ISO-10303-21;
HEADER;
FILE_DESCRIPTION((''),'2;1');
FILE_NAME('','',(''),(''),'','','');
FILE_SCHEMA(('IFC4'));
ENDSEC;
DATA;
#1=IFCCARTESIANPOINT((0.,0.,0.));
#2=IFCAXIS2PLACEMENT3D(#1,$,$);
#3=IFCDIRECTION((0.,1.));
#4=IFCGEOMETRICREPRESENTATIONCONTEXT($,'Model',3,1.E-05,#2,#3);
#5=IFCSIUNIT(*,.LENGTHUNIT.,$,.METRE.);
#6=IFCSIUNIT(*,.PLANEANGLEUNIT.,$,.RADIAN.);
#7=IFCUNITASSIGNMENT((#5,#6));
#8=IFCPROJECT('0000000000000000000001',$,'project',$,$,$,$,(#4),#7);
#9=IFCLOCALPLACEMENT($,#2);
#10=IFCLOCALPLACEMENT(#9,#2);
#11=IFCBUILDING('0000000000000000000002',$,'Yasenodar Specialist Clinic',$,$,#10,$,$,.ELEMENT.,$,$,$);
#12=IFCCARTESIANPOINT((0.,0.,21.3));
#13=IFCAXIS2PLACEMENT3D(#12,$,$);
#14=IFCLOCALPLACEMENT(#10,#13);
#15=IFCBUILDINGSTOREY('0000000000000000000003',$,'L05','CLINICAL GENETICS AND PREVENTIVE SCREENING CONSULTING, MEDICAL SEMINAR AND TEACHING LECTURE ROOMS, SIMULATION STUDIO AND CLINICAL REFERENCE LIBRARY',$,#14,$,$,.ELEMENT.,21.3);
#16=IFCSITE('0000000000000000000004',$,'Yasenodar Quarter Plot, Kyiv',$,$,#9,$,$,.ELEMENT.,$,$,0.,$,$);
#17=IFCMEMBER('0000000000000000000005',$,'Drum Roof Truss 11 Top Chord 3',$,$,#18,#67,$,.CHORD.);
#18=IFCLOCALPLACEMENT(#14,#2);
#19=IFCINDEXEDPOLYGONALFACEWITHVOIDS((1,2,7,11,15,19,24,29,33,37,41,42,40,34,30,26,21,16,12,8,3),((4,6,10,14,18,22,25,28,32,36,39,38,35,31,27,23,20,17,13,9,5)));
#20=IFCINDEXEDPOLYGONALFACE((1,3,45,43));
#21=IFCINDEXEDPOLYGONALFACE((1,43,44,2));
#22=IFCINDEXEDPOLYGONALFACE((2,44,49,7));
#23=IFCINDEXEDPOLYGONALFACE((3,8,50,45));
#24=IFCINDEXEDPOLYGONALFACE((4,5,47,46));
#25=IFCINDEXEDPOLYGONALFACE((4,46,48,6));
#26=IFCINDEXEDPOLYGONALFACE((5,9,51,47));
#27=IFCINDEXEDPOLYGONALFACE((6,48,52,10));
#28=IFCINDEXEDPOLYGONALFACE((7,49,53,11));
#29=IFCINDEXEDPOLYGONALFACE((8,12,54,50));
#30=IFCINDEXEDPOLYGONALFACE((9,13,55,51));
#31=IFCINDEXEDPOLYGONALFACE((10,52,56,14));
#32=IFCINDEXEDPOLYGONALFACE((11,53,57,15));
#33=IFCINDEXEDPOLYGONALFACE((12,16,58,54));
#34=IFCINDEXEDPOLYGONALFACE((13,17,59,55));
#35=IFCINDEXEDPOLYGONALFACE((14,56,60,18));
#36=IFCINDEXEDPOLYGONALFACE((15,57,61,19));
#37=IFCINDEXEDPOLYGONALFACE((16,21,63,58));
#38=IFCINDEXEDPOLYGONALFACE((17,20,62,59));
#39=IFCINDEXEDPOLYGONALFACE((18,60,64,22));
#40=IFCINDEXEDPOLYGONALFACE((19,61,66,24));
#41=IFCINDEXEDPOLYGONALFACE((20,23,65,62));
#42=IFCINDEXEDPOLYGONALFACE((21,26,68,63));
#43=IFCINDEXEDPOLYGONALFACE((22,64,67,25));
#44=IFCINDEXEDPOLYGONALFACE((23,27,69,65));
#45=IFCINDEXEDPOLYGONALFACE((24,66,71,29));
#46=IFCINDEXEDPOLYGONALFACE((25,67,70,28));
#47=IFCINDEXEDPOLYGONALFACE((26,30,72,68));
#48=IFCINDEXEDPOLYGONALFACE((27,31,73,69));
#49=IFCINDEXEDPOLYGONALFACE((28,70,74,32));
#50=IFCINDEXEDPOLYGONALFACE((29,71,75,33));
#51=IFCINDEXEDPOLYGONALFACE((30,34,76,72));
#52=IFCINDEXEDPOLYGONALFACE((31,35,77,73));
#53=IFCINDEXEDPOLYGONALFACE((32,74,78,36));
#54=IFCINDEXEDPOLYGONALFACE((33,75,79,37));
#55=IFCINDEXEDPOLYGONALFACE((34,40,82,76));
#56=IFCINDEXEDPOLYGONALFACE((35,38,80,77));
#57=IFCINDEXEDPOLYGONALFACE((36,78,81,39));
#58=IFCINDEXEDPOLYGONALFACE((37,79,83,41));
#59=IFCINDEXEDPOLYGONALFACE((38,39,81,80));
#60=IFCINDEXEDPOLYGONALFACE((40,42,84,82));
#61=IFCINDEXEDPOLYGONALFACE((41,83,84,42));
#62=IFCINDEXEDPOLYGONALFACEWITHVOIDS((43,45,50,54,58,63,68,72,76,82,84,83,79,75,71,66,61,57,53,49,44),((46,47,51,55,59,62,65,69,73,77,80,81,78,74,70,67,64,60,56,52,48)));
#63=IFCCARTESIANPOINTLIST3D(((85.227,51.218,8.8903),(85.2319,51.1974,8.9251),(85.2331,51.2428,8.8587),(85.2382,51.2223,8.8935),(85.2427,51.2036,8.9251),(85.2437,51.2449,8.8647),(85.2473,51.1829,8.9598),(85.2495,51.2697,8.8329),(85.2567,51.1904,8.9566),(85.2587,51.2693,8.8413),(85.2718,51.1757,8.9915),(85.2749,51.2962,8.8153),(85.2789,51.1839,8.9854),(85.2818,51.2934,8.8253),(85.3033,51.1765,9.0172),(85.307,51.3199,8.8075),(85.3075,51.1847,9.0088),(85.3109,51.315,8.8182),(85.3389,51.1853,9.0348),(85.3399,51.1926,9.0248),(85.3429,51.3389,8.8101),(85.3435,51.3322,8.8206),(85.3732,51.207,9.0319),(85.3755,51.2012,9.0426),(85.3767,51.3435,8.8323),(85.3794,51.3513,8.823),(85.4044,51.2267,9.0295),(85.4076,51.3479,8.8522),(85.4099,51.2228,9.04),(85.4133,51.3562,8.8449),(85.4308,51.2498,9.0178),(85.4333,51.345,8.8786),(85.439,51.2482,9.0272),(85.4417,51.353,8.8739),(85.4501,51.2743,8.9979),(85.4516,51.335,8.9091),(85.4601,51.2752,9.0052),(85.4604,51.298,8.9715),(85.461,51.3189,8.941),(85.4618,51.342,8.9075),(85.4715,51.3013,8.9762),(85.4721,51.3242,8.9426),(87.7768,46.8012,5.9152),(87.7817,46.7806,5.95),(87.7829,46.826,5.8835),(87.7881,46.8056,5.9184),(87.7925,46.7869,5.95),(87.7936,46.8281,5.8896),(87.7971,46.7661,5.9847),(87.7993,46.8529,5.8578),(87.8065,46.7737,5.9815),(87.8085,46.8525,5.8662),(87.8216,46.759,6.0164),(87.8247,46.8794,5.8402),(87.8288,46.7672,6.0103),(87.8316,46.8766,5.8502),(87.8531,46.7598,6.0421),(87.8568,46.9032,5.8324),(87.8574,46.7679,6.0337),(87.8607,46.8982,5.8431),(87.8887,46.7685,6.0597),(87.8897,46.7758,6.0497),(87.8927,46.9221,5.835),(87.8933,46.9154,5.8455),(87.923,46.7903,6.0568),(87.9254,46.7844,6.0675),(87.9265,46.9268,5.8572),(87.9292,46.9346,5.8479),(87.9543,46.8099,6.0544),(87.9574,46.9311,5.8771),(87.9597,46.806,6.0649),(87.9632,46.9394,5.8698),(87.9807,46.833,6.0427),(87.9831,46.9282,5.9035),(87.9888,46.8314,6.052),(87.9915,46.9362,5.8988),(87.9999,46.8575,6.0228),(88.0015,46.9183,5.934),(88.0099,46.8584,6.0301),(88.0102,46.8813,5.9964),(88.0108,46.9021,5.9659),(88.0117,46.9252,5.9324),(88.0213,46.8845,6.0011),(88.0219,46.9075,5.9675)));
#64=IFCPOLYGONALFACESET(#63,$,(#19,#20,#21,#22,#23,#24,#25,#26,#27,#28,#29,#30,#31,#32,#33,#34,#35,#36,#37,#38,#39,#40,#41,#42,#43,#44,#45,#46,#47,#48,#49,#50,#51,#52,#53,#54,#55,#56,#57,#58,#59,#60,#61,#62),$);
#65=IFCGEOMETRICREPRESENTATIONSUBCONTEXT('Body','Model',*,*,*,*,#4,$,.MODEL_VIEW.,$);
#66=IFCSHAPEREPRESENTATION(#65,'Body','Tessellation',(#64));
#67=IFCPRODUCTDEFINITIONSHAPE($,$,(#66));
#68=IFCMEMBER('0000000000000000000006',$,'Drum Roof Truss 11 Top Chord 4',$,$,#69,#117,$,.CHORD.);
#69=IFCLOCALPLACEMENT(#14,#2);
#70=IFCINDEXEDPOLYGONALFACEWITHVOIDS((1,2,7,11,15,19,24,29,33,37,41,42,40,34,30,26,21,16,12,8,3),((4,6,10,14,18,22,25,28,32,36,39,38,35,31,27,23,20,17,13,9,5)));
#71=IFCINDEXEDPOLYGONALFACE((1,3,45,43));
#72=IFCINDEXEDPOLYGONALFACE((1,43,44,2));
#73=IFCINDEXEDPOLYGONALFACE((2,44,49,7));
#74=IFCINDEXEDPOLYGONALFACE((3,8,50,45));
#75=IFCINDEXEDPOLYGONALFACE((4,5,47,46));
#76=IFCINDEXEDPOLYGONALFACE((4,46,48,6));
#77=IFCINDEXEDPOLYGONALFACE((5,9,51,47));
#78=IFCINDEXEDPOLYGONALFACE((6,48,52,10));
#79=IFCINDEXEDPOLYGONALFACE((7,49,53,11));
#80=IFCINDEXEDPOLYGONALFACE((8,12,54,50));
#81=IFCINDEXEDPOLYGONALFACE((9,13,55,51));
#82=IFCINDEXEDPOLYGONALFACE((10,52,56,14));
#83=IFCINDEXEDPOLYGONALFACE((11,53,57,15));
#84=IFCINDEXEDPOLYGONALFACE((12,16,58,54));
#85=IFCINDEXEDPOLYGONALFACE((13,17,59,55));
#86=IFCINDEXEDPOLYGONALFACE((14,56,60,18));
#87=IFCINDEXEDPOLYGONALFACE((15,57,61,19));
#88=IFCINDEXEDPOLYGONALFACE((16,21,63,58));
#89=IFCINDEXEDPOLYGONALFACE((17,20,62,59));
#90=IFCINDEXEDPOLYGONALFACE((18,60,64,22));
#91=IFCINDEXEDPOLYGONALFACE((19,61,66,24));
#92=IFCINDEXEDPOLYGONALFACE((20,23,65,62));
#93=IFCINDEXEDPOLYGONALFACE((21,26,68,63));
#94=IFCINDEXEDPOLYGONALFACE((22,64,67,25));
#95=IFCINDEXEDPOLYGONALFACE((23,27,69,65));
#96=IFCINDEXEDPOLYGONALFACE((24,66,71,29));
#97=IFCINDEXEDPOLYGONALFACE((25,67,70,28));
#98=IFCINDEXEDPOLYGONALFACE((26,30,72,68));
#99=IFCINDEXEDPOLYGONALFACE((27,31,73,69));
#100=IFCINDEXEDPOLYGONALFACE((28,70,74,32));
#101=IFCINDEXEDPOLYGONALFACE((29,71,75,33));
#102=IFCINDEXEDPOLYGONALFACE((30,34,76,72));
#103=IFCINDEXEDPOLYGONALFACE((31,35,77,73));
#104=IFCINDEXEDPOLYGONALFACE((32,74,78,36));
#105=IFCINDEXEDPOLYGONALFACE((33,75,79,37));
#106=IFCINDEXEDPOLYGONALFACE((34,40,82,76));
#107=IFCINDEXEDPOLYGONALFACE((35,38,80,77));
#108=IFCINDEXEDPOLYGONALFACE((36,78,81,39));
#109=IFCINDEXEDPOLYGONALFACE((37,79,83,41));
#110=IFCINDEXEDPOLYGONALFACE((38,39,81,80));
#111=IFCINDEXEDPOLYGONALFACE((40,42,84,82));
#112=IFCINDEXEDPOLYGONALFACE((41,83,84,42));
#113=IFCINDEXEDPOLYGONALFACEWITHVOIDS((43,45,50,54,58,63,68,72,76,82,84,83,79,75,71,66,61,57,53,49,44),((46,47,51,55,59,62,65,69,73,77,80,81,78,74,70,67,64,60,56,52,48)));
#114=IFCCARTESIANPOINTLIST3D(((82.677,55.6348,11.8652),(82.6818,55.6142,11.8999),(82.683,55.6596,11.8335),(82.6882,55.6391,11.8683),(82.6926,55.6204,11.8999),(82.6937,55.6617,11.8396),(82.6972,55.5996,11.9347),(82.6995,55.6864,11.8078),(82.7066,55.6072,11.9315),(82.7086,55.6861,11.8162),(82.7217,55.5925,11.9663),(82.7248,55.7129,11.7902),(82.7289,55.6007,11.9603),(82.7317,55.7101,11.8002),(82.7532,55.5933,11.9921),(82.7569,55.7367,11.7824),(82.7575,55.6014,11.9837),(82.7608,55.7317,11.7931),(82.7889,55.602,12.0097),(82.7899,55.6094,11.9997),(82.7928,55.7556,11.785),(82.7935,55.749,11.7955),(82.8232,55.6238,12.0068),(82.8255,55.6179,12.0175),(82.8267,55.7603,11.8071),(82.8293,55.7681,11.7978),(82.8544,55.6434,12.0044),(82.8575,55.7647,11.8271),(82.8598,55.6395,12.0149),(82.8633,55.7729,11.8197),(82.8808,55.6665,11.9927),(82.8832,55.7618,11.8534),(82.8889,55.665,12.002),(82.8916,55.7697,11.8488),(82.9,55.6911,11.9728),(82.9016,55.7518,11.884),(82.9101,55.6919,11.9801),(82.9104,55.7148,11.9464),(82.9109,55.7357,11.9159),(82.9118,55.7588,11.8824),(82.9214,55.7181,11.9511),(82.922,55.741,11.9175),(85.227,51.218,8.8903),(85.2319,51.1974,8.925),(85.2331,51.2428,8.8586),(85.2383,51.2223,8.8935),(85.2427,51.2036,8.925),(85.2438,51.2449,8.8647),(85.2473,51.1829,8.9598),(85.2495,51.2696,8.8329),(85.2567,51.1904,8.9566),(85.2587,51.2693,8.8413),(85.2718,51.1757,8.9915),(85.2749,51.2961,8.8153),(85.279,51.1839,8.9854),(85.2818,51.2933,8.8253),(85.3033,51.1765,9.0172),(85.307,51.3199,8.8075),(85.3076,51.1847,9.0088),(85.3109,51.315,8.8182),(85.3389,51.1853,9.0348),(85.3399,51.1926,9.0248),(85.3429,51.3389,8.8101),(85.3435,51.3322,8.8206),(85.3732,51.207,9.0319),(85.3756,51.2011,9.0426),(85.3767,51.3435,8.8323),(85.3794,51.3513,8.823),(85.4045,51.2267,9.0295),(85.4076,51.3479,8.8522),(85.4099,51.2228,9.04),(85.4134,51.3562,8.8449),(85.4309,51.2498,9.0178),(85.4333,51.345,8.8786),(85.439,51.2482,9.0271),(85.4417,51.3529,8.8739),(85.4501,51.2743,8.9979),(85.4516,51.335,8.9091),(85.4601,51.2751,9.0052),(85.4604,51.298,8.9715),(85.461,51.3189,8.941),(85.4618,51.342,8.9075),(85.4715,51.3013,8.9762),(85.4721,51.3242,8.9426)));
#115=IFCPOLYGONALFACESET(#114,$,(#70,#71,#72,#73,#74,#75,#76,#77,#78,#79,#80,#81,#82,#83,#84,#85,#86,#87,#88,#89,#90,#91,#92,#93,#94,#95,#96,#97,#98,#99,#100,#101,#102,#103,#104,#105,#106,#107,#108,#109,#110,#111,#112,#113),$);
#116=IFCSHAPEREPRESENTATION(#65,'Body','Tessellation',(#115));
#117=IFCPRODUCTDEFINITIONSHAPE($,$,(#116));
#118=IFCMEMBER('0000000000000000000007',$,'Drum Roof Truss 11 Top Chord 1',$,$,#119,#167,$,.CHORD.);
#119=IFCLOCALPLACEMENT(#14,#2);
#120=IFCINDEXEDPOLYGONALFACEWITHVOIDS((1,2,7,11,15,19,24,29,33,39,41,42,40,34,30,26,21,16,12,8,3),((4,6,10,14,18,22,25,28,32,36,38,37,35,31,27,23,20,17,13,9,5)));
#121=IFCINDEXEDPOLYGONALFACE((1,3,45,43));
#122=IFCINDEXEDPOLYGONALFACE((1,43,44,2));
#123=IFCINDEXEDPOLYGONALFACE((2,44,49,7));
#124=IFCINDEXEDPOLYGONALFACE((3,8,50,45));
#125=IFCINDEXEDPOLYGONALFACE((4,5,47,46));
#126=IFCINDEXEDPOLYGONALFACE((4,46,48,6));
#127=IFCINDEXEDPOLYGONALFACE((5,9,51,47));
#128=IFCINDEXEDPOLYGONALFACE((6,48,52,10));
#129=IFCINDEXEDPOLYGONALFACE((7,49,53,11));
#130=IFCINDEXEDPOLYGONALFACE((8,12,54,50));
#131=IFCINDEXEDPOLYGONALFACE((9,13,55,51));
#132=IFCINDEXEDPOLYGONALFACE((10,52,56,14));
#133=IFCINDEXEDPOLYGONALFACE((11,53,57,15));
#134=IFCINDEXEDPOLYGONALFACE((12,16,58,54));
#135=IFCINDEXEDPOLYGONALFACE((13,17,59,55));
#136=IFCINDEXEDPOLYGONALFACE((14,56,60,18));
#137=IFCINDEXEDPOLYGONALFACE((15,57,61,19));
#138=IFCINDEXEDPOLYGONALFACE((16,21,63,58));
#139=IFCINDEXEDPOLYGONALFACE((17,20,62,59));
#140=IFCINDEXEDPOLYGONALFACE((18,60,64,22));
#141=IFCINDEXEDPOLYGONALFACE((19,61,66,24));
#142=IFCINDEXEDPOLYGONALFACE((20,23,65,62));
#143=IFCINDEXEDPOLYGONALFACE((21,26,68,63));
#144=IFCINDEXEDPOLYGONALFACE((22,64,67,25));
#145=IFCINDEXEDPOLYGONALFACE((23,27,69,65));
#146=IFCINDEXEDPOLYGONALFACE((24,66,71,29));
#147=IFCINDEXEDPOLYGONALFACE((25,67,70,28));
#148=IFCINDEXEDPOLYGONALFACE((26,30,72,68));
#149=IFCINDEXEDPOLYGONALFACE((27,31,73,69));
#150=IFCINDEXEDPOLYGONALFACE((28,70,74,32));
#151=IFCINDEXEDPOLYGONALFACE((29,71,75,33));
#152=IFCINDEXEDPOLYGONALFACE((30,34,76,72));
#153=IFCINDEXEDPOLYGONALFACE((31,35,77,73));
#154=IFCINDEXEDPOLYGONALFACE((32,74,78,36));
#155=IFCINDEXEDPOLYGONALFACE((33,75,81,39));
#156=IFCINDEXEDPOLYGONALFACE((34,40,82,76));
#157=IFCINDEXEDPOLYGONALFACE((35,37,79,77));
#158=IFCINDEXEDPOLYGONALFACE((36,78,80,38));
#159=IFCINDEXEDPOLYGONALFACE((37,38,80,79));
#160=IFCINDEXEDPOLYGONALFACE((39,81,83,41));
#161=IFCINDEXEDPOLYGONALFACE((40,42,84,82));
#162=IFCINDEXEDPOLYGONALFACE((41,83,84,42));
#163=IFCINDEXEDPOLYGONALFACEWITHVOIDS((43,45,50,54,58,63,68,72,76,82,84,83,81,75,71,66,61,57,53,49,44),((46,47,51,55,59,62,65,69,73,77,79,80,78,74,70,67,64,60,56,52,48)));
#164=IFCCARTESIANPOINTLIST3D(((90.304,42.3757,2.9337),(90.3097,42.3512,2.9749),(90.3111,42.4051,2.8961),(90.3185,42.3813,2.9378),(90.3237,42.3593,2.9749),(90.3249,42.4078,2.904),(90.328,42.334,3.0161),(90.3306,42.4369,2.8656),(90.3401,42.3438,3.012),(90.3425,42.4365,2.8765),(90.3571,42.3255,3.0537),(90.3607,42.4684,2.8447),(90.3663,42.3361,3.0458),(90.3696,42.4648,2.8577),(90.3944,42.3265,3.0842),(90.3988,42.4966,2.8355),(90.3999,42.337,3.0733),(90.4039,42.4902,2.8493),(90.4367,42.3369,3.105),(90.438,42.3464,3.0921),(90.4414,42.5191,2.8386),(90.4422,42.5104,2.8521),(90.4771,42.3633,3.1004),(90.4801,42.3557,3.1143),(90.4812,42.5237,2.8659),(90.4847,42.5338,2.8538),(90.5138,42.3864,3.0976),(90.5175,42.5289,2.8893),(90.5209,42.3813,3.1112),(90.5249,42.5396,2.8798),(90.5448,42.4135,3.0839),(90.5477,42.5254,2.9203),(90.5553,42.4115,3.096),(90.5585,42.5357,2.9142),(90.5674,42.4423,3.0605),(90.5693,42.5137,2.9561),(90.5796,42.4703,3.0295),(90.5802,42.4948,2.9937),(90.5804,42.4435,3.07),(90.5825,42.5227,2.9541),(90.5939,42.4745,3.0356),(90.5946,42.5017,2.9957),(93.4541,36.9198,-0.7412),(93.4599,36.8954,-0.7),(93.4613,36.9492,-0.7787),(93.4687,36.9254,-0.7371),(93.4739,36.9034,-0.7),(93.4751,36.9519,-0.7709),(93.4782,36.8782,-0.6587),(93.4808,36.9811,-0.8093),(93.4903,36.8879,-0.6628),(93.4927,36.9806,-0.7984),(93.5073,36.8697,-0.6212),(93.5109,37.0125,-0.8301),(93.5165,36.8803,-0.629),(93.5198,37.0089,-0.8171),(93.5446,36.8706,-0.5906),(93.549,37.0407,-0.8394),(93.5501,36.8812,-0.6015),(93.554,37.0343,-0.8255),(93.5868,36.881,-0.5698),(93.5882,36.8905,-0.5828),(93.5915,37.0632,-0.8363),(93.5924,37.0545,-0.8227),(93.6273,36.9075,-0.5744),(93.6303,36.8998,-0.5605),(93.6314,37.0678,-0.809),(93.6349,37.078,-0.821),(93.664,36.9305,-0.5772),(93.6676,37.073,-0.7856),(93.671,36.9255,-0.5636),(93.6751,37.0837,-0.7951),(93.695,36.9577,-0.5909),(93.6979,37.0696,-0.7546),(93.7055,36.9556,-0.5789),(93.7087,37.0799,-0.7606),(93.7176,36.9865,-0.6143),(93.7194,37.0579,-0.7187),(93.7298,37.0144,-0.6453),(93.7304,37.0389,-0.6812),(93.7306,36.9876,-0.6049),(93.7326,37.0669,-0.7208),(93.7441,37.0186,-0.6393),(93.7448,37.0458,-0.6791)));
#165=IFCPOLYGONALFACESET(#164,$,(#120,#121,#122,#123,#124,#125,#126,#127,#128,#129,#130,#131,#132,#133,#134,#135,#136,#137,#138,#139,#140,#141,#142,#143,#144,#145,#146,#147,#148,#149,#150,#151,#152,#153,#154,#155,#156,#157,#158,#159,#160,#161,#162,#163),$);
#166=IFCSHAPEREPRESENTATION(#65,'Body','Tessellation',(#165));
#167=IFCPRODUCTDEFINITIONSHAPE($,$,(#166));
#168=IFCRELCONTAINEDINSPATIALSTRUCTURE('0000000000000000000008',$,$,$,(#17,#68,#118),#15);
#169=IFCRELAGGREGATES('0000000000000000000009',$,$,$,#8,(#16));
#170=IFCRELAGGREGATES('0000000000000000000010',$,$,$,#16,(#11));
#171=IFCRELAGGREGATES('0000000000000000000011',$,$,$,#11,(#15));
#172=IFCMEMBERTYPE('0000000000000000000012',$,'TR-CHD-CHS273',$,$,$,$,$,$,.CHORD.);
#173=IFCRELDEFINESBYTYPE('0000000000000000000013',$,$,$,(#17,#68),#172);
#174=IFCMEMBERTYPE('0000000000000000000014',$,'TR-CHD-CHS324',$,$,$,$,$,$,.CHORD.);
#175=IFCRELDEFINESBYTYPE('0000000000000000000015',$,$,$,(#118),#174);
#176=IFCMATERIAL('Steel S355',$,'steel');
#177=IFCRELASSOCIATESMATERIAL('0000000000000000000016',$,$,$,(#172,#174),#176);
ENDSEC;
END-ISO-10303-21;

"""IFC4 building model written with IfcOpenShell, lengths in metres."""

from ifc_helpers import new_model, si_unit, direction, frame, origin, origin_2d, place, context, subcontext, project, spatial, hollow_circle, extrude, material, material_profile, profile_set, type_object, element, save


model = new_model("IFC4")

# Units and contexts
model_context = context("Model", 3, precision=1e-05, world=origin(), true_north=direction((0.0, 1.0)))
body_context = subcontext(model_context, "Body", "Model", "MODEL_VIEW")
ifc_project = project(units=[si_unit("LENGTHUNIT", "METRE"), si_unit("PLANEANGLEUNIT", "RADIAN")], contexts=[model_context])

# Site, building, storey
site_placement = place(None, origin())
site = spatial("IfcSite", under=ifc_project, at=site_placement, Name="Yasenodar Quarter Plot, Kyiv", CompositionType="ELEMENT", RefElevation=0.0)
building_placement = place(site_placement, origin())
building = spatial("IfcBuilding", under=site, at=building_placement, Name="Yasenodar Specialist Clinic", CompositionType="ELEMENT")
storey_placement = place(building_placement, frame((0.0, 0.0, 21.3)))
storey = spatial("IfcBuildingStorey", under=building, at=storey_placement, Name="L05", Description="CLINICAL GENETICS AND PREVENTIVE SCREENING CONSULTING, MEDICAL SEMINAR AND TEACHING LECTURE ROOMS, SIMULATION STUDIO AND CLINICAL REFERENCE LIBRARY", CompositionType="ELEMENT", Elevation=21.3)

# Members
ifc_material = material(Name="Steel S355", Category="steel")
ifc_material_profile_1 = material_profile(ifc_material, hollow_circle(Radius=0.1365, WallThickness=0.0125, at=origin_2d()), Name="CHS 273x12.5")
ifc_profile_set_1 = profile_set([ifc_material_profile_1], Name="Steel S355")
member_type_1 = type_object("IfcMemberType", Name="TR-CHD-CHS273", PredefinedType="CHORD", material=ifc_profile_set_1)
for number, where, z_axis, x_axis, name in (
    (1, (87.8999, 46.8489, 5.95), (-0.431858, 0.74806, 0.503889), (-0.866043, -0.49997, 0.0), "Drum Roof Truss 11 Top Chord 3"),
    (2, (85.3501, 51.2656, 8.925), (-0.431901, 0.748063, 0.50385), (-0.866022, -0.500006, 0.0), "Drum Roof Truss 11 Top Chord 4"),
):
    element("IfcMember", number, at=place(storey_placement, frame(where, z_axis=z_axis, x_axis=x_axis)), inside=storey, type_object=member_type_1, Name=name, PredefinedType="CHORD", context=body_context, shape_type="SweptSolid", body=[
        extrude(hollow_circle(Radius=0.1365, WallThickness=0.0125, at=origin_2d()), origin(), (0.0, 0.0, 1.0), 5.9043),
    ])
ifc_material_profile_2 = material_profile(ifc_material, hollow_circle(Radius=0.1619, WallThickness=0.0161, at=origin_2d()), Name="CHS 323.9x16")
ifc_profile_set_2 = profile_set([ifc_material_profile_2], Name="Steel S355")
member_type_2 = type_object("IfcMemberType", Name="TR-CHD-CHS324", PredefinedType="CHORD", material=ifc_profile_set_2)
member_1_placement = place(storey_placement, frame((93.6001, 36.9763, -0.7), z_axis=(-0.431918, 0.748049, 0.503854), x_axis=(-0.866009, -0.500028, 0.0)))
element("IfcMember", 3, at=member_1_placement, inside=storey, type_object=member_type_2, Name="Drum Roof Truss 11 Top Chord 1", PredefinedType="CHORD", context=body_context, shape_type="SweptSolid", body=[
    extrude(hollow_circle(Radius=0.1619, WallThickness=0.0161, at=origin_2d()), origin(), (0.0, 0.0, 1.0), 7.2935),
])

save(model, "model.ifc")
